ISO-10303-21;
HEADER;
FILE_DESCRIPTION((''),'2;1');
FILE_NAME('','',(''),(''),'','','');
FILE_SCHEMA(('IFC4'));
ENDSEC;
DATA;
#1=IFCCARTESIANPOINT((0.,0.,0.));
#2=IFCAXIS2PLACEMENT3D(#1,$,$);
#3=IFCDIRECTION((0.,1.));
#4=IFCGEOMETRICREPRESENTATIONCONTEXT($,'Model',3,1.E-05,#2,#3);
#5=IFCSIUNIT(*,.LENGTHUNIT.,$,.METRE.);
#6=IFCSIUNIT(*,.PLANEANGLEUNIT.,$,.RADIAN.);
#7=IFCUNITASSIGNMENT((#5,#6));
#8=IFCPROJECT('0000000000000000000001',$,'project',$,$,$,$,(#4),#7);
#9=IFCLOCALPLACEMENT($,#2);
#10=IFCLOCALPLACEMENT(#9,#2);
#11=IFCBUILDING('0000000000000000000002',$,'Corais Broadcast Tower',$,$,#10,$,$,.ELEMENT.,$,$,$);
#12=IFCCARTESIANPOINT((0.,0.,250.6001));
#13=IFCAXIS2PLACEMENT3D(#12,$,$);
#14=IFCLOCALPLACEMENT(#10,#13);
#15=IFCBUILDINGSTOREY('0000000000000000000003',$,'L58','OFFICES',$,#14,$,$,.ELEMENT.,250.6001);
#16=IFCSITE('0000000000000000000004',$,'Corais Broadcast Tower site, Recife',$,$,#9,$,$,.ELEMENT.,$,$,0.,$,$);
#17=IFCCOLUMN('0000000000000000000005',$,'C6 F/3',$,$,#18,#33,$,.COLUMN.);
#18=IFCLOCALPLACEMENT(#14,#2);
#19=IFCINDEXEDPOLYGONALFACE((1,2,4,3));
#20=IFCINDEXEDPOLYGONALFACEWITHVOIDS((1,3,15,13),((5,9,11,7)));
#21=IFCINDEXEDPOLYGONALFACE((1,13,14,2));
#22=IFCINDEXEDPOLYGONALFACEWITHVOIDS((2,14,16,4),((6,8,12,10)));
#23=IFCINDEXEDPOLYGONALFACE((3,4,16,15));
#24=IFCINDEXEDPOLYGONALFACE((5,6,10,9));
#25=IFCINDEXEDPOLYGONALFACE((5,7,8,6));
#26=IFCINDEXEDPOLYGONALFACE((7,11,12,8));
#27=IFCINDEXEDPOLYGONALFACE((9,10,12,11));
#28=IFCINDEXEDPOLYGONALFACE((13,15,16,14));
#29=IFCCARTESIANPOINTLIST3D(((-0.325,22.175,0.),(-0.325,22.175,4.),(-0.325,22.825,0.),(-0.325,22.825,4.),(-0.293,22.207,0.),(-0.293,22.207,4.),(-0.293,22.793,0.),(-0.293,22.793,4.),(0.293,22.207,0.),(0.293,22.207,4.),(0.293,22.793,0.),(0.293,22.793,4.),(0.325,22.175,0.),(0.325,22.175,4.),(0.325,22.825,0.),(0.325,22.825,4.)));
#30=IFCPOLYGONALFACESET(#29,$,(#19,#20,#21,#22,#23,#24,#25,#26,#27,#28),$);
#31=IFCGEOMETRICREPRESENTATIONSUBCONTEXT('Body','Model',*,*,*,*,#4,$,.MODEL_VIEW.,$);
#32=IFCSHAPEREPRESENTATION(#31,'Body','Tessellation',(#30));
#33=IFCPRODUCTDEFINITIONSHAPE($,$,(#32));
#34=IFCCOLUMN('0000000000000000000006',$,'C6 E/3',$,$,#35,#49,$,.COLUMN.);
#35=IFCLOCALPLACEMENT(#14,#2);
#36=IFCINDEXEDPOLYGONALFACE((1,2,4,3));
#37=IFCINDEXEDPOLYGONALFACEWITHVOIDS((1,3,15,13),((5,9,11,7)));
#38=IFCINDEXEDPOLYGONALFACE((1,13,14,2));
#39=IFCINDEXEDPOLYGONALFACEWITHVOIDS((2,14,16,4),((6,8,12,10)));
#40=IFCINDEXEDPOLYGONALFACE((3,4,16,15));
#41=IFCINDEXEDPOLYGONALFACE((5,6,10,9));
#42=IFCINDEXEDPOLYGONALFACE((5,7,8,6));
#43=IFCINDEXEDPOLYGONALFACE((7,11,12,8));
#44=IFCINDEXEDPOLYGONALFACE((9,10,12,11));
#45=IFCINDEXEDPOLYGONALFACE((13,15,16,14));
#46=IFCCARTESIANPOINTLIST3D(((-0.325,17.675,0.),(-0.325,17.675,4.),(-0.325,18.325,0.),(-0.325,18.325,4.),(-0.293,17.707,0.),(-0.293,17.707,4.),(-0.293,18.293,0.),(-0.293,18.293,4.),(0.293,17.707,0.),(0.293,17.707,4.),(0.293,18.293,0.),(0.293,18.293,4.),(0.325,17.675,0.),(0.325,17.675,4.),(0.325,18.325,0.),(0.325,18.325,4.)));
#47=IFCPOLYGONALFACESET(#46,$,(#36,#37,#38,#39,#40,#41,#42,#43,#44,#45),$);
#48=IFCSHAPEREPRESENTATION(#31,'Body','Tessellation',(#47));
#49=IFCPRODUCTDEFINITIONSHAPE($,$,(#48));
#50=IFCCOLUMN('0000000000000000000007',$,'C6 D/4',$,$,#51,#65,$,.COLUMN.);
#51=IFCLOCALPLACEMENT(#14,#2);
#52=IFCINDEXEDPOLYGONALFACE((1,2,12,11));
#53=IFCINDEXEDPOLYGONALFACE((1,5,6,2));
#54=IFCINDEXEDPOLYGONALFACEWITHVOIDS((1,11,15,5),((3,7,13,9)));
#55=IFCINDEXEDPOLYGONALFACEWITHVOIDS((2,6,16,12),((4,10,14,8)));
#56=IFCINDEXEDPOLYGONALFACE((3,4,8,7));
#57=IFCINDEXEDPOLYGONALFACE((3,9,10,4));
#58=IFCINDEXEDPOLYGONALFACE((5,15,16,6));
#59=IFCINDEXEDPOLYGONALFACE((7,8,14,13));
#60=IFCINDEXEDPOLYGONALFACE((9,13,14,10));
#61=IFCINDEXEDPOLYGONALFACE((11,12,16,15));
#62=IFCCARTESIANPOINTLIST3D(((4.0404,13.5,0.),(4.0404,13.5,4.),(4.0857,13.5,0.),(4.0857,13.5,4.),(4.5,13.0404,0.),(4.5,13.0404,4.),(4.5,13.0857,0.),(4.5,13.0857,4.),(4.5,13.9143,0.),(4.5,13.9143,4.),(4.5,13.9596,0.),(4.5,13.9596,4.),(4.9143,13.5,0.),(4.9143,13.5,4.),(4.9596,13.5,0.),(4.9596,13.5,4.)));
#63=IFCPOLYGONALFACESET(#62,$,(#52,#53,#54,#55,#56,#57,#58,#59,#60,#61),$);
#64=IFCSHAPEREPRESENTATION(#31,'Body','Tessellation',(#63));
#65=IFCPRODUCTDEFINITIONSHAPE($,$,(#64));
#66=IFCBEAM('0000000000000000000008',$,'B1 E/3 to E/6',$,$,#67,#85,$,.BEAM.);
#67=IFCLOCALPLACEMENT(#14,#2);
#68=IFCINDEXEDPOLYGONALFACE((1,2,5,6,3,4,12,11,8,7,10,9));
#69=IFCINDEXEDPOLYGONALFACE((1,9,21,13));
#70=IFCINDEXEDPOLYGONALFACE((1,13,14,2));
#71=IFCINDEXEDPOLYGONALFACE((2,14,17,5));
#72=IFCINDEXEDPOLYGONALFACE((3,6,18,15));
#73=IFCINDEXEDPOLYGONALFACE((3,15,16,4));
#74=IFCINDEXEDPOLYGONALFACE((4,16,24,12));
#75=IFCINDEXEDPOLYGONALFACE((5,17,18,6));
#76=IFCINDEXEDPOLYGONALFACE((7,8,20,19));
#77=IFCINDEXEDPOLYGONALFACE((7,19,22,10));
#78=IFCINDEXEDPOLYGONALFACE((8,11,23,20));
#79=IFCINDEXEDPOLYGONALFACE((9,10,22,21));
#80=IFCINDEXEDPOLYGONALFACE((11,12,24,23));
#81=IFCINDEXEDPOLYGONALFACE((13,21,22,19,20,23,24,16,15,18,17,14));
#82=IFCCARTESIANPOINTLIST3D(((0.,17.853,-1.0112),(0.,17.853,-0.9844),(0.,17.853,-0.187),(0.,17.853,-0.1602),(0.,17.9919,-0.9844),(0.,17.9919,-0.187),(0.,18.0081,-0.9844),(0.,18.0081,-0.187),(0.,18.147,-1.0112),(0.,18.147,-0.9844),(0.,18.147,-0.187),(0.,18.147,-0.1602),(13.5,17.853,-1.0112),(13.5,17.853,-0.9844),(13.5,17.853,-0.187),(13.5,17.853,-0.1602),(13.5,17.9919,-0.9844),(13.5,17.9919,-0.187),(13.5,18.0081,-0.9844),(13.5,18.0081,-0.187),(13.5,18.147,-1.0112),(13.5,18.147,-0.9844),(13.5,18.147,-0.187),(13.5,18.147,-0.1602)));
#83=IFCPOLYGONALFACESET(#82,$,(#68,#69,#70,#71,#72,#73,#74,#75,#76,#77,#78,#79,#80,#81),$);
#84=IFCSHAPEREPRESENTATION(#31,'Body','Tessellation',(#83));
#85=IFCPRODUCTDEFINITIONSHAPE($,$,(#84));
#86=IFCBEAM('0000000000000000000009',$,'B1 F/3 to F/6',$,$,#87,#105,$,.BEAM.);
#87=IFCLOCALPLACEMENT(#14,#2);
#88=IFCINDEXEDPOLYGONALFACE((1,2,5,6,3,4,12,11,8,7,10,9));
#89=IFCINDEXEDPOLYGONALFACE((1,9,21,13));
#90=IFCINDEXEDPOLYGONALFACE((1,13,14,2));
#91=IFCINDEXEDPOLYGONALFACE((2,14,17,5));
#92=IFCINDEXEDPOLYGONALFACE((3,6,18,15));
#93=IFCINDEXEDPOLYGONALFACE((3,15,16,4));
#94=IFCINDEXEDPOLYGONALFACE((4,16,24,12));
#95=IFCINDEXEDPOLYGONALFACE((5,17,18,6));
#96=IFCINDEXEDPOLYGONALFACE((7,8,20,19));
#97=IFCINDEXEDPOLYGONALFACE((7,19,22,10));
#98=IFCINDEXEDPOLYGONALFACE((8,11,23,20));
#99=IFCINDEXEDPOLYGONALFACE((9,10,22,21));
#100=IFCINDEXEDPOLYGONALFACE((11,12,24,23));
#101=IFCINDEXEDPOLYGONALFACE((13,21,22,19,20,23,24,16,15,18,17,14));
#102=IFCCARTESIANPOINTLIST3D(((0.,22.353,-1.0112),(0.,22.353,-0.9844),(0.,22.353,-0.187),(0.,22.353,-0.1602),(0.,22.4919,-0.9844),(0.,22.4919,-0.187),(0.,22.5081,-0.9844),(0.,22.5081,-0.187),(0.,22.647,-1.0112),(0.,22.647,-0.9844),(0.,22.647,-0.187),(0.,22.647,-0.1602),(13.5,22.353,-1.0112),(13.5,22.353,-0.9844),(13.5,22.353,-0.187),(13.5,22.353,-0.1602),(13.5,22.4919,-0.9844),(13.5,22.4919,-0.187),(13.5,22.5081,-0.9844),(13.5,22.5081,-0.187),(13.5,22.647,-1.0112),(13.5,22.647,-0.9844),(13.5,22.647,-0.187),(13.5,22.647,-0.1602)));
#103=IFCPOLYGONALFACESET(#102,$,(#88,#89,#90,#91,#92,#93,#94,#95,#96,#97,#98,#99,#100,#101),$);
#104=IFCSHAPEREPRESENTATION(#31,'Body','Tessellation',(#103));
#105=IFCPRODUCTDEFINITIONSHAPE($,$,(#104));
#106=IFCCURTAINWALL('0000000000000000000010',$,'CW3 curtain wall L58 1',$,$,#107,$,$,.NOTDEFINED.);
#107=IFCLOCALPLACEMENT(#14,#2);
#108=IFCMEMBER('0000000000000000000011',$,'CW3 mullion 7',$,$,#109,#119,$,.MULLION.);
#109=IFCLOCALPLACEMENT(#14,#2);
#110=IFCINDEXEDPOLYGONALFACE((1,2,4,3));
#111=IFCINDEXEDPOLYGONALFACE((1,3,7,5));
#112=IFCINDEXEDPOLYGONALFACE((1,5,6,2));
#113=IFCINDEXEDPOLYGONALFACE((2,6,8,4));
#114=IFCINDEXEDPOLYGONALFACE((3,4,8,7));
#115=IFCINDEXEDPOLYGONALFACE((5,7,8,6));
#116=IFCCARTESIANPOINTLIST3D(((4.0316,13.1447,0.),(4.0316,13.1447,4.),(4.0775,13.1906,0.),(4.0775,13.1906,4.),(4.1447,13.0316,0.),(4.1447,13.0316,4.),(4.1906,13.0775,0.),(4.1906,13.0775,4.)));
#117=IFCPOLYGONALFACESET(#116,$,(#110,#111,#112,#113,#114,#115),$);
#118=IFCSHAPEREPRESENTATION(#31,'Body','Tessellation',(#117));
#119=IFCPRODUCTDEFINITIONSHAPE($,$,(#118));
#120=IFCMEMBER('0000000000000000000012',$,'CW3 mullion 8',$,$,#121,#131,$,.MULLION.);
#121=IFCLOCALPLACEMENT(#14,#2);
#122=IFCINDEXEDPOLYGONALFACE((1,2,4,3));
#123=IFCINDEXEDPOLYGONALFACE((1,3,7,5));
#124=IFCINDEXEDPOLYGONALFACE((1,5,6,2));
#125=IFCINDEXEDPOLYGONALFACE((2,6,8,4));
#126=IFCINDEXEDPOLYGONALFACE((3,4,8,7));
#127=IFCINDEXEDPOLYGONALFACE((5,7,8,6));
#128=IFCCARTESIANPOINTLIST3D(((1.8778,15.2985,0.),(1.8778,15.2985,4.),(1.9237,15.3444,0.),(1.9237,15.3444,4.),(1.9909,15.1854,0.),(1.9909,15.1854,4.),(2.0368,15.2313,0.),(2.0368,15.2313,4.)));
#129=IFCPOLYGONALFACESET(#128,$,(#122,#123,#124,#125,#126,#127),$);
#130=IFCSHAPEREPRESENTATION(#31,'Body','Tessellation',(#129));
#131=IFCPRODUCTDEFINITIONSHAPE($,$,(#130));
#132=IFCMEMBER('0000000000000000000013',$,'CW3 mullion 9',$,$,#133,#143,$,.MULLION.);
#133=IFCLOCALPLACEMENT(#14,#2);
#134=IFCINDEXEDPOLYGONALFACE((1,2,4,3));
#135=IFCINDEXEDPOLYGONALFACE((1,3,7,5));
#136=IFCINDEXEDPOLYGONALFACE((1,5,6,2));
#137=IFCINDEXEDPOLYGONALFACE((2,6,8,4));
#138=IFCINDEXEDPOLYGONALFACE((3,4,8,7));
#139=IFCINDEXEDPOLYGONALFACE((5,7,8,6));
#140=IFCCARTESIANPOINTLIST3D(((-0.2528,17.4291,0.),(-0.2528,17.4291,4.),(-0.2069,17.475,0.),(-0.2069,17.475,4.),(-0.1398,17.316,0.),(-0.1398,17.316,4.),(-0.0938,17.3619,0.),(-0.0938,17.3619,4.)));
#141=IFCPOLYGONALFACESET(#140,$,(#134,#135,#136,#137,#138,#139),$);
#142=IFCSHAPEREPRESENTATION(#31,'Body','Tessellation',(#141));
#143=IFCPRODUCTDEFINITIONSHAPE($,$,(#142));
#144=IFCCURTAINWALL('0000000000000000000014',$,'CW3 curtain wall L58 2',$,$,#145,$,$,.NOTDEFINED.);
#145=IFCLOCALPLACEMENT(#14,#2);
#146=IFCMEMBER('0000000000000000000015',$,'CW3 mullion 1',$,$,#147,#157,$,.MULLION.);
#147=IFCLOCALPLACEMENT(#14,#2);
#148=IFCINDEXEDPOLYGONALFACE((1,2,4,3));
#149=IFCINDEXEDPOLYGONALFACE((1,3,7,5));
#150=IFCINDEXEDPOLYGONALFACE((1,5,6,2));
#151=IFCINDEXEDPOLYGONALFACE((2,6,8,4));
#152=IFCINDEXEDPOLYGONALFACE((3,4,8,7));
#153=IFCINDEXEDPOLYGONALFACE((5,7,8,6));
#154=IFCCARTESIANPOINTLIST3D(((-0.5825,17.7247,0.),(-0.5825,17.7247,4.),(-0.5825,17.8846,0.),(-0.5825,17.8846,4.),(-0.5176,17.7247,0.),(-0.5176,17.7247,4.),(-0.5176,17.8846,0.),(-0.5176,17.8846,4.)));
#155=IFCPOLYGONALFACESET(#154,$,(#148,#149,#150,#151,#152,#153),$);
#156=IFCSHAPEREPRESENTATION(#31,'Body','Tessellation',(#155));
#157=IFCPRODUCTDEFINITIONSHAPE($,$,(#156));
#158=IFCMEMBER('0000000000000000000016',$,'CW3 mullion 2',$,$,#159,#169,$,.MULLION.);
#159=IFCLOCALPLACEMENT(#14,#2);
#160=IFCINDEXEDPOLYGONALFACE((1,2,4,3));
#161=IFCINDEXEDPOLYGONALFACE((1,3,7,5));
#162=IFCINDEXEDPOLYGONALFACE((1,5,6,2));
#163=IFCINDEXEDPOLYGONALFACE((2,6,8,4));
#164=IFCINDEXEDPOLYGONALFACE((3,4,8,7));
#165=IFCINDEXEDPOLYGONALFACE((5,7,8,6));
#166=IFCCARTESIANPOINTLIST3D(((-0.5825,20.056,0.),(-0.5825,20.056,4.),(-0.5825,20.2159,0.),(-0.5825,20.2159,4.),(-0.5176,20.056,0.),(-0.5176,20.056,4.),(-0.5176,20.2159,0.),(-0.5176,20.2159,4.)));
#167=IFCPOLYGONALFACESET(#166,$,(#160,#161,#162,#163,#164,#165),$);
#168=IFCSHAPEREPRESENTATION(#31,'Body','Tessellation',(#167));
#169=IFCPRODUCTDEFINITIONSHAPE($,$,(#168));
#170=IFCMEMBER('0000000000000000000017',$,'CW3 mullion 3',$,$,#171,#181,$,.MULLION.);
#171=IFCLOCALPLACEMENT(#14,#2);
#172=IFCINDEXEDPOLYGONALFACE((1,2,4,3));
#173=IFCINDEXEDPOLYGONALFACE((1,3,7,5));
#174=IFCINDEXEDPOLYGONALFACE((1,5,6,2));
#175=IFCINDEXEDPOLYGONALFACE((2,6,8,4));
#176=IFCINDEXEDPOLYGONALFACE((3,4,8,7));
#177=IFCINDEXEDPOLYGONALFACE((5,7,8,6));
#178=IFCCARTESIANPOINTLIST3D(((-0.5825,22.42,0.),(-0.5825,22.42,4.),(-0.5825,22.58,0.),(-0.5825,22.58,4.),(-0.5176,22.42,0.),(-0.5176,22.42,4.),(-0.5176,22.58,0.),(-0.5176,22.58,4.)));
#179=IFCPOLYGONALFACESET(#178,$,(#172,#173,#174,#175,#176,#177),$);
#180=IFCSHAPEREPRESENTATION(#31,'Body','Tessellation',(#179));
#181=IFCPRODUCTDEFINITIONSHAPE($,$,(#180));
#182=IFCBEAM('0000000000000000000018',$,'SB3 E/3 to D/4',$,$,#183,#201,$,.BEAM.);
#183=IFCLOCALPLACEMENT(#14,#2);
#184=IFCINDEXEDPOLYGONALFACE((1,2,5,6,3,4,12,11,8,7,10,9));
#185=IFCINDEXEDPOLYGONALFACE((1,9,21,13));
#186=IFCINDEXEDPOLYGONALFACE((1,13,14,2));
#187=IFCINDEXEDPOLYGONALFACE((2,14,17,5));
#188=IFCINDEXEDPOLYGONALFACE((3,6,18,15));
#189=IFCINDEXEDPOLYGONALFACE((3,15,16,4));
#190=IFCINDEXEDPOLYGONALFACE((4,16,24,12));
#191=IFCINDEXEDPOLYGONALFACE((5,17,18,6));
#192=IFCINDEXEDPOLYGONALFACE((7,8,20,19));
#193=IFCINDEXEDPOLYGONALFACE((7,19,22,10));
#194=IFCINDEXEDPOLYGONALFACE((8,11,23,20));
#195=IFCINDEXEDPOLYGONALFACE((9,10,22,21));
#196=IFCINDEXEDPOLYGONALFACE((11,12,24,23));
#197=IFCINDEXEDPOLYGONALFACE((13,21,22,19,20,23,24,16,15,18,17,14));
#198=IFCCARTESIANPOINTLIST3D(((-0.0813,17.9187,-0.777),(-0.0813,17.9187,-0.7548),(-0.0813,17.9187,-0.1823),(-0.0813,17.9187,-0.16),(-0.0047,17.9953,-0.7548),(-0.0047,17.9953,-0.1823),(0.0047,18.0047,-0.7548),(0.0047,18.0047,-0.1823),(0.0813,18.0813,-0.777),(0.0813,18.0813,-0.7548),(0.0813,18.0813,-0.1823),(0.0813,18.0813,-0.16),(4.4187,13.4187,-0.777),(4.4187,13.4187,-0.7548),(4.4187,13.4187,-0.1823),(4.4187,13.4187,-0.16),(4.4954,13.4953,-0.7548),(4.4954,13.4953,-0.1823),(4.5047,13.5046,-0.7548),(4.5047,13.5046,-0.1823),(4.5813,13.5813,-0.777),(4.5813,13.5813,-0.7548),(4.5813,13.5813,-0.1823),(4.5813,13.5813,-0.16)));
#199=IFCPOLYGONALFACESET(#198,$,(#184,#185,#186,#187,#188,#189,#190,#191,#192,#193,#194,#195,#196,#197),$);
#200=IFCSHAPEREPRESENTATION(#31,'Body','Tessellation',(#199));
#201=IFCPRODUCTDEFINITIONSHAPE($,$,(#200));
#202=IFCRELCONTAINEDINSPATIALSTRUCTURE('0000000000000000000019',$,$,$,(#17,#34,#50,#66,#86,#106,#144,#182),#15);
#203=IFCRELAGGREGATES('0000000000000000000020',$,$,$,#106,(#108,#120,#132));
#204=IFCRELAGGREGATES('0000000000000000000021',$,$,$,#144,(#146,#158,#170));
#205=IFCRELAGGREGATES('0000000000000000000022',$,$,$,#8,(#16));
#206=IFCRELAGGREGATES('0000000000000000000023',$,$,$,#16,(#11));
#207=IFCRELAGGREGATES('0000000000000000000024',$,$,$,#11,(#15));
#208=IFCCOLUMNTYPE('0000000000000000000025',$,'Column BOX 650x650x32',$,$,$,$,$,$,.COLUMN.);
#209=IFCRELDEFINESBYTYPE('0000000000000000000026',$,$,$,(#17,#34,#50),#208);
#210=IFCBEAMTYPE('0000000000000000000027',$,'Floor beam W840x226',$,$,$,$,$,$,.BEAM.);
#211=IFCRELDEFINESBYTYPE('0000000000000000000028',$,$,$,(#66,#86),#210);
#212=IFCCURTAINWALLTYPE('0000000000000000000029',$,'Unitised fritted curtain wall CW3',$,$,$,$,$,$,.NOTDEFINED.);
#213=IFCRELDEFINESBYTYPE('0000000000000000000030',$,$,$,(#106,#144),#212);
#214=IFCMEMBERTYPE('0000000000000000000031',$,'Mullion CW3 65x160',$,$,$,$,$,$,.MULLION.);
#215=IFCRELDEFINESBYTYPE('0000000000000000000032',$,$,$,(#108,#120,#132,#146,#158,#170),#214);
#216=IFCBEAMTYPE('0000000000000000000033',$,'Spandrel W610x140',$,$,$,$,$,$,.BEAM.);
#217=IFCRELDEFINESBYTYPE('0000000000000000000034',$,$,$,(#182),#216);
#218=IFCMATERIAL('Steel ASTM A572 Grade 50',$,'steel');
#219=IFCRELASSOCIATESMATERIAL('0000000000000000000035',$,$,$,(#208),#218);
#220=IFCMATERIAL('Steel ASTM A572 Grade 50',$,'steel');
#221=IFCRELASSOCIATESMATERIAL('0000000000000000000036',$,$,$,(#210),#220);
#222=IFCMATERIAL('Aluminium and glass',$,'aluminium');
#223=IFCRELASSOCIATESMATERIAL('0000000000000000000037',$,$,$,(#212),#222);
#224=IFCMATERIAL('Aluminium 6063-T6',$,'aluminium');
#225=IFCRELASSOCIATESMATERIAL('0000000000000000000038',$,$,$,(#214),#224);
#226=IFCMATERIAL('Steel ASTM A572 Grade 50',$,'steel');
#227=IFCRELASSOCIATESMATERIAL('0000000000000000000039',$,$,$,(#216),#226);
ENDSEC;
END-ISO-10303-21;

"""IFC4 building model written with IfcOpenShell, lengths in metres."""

from ifc_helpers import new_model, si_unit, direction, frame, origin, origin_2d, place, context, subcontext, project, spatial, rectangle, hollow_rectangle, i_section, extrude, material, material_profile, profile_set, type_object, element, aggregate, save


model = new_model("IFC4")

# Units and contexts
model_context = context("Model", 3, precision=1e-05, world=origin(), true_north=direction((0.0, 1.0)))
body_context = subcontext(model_context, "Body", "Model", "MODEL_VIEW")
ifc_project = project(units=[si_unit("LENGTHUNIT", "METRE"), si_unit("PLANEANGLEUNIT", "RADIAN")], contexts=[model_context])

# Site, building, storey
site_placement = place(None, origin())
site = spatial("IfcSite", under=ifc_project, at=site_placement, Name="Corais Broadcast Tower site, Recife", CompositionType="ELEMENT", RefElevation=0.0)
building_placement = place(site_placement, origin())
building = spatial("IfcBuilding", under=site, at=building_placement, Name="Corais Broadcast Tower", CompositionType="ELEMENT")
storey_placement = place(building_placement, frame((0.0, 0.0, 250.6001)))
storey = spatial("IfcBuildingStorey", under=building, at=storey_placement, Name="L58", Description="OFFICES", CompositionType="ELEMENT", Elevation=250.6001)

# Columns
ifc_material_1 = material(Name="Steel ASTM A572 Grade 50", Category="steel")
ifc_material_profile_1 = material_profile(ifc_material_1, hollow_rectangle(XDim=0.6499, YDim=0.6499, WallThickness=0.032, at=origin_2d()), Name="BOX 650x650x32")
ifc_profile_set_1 = profile_set([ifc_material_profile_1], Name="Steel ASTM A572 Grade 50")
column_type = type_object("IfcColumnType", Name="Column BOX 650x650x32", PredefinedType="COLUMN", material=ifc_profile_set_1)
for number, where, z_axis, x_axis, name in (
    (1, (0.0, 22.5, 0.0), (0.0, 0.0, 1.0), (1.0, 0.0, 0.0), "C6 F/3"),
    (2, (0.0, 18.0, 0.0), (0.0, 0.0, 1.0), (1.0, 0.0, 0.0), "C6 E/3"),
    (3, (4.5, 13.5, 0.0), (0.0, 0.0, 1.0), (0.707107, 0.707107, 0.0), "C6 D/4"),
):
    element("IfcColumn", number, at=place(storey_placement, frame(where, z_axis=z_axis, x_axis=x_axis)), inside=storey, type_object=column_type, Name=name, PredefinedType="COLUMN", context=body_context, shape_type="SweptSolid", body=[
        extrude(hollow_rectangle(XDim=0.6499, YDim=0.6499, WallThickness=0.032, at=origin_2d()), origin(), (0.0, 0.0, 1.0), 4.0),
    ])

# Beams
ifc_material_2 = material(Name="Steel ASTM A572 Grade 50", Category="steel")
ifc_material_profile_2 = material_profile(ifc_material_2, i_section(OverallWidth=0.2939, OverallDepth=0.8511, WebThickness=0.0161, FlangeThickness=0.0269, at=origin_2d()), Name="W840x226")
ifc_profile_set_2 = profile_set([ifc_material_profile_2], Name="Steel ASTM A572 Grade 50")
beam_type_1 = type_object("IfcBeamType", Name="Floor beam W840x226", PredefinedType="BEAM", material=ifc_profile_set_2)
for number, where, z_axis, x_axis, name in (
    (4, (0.0, 18.0, -0.5857), (1.0, 0.0, 0.0), (0.0, 1.0, 0.0), "B1 E/3 to E/6"),
    (5, (0.0, 22.5, -0.5857), (1.0, 0.0, 0.0), (0.0, 1.0, 0.0), "B1 F/3 to F/6"),
):
    element("IfcBeam", number, at=place(storey_placement, frame(where, z_axis=z_axis, x_axis=x_axis)), inside=storey, type_object=beam_type_1, Name=name, PredefinedType="BEAM", context=body_context, shape_type="SweptSolid", body=[
        extrude(i_section(OverallWidth=0.2939, OverallDepth=0.8511, WebThickness=0.0161, FlangeThickness=0.0269, at=origin_2d()), origin(), (0.0, 0.0, 1.0), 13.5),
    ])

# Curtain walls, members
ifc_material_3 = material(Name="Aluminium and glass", Category="aluminium")
curtain_wall_type = type_object("IfcCurtainWallType", Name="Unitised fritted curtain wall CW3", PredefinedType="NOTDEFINED", material=ifc_material_3)
curtain_wall_1_placement = place(storey_placement, origin())
curtain_wall_1 = element("IfcCurtainWall", 6, at=curtain_wall_1_placement, inside=storey, type_object=curtain_wall_type, Name="CW3 curtain wall L58 1", PredefinedType="NOTDEFINED")
ifc_material_4 = material(Name="Aluminium 6063-T6", Category="aluminium")
ifc_material_profile_3 = material_profile(ifc_material_4, rectangle(XDim=0.0649, YDim=0.1599, at=origin_2d()), Name="Mullion CW3 65x160")
ifc_profile_set_3 = profile_set([ifc_material_profile_3], Name="Aluminium 6063-T6")
member_type_1 = type_object("IfcMemberType", Name="Mullion CW3 65x160", PredefinedType="MULLION", material=ifc_profile_set_3)
member_1_placement = place(storey_placement, frame((4.1111, 13.1111, 0.0), z_axis=(0.0, 0.0, 1.0), x_axis=(-0.707107, -0.707107, 0.0)))
member_1 = element("IfcMember", 7, at=member_1_placement, type_object=member_type_1, Name="CW3 mullion 7", PredefinedType="MULLION", context=body_context, shape_type="SweptSolid", body=[
    extrude(rectangle(XDim=0.0649, YDim=0.1599, at=origin_2d()), origin(), (0.0, 0.0, 1.0), 4.0),
])
member_2_placement = place(storey_placement, frame((1.9573, 15.2649, 0.0), z_axis=(0.0, 0.0, 1.0), x_axis=(-0.707107, -0.707107, 0.0)))
member_2 = element("IfcMember", 8, at=member_2_placement, type_object=member_type_1, Name="CW3 mullion 8", PredefinedType="MULLION", context=body_context, shape_type="SweptSolid", body=[
    extrude(rectangle(XDim=0.0649, YDim=0.1599, at=origin_2d()), origin(), (0.0, 0.0, 1.0), 4.0),
])
member_3_placement = place(storey_placement, frame((-0.1733, 17.3955, 0.0), z_axis=(0.0, 0.0, 1.0), x_axis=(-0.707107, -0.707107, 0.0)))
member_3 = element("IfcMember", 9, at=member_3_placement, type_object=member_type_1, Name="CW3 mullion 9", PredefinedType="MULLION", context=body_context, shape_type="SweptSolid", body=[
    extrude(rectangle(XDim=0.0649, YDim=0.1599, at=origin_2d()), origin(), (0.0, 0.0, 1.0), 4.0),
])
curtain_wall_2_placement = place(storey_placement, origin())
curtain_wall_2 = element("IfcCurtainWall", 10, at=curtain_wall_2_placement, inside=storey, type_object=curtain_wall_type, Name="CW3 curtain wall L58 2", PredefinedType="NOTDEFINED")
member_4_placement = place(storey_placement, frame((-0.55, 17.8047, 0.0), z_axis=(0.0, 0.0, 1.0), x_axis=(-1.0, 0.0, 0.0)))
member_4 = element("IfcMember", 11, at=member_4_placement, type_object=member_type_1, Name="CW3 mullion 1", PredefinedType="MULLION", context=body_context, shape_type="SweptSolid", body=[
    extrude(rectangle(XDim=0.0649, YDim=0.1599, at=origin_2d()), origin(), (0.0, 0.0, 1.0), 4.0),
])
member_5_placement = place(storey_placement, frame((-0.55, 20.136, 0.0), z_axis=(0.0, 0.0, 1.0), x_axis=(-1.0, 0.0, 0.0)))
member_5 = element("IfcMember", 12, at=member_5_placement, type_object=member_type_1, Name="CW3 mullion 2", PredefinedType="MULLION", context=body_context, shape_type="SweptSolid", body=[
    extrude(rectangle(XDim=0.0649, YDim=0.1599, at=origin_2d()), origin(), (0.0, 0.0, 1.0), 4.0),
])
member_6_placement = place(storey_placement, frame((-0.55, 22.5, 0.0), z_axis=(0.0, 0.0, 1.0), x_axis=(-1.0, 0.0, 0.0)))
member_6 = element("IfcMember", 13, at=member_6_placement, type_object=member_type_1, Name="CW3 mullion 3", PredefinedType="MULLION", context=body_context, shape_type="SweptSolid", body=[
    extrude(rectangle(XDim=0.0649, YDim=0.1599, at=origin_2d()), origin(), (0.0, 0.0, 1.0), 4.0),
])

# Beam
ifc_material_5 = material(Name="Steel ASTM A572 Grade 50", Category="steel")
ifc_material_profile_4 = material_profile(ifc_material_5, i_section(OverallWidth=0.23, OverallDepth=0.6169, WebThickness=0.0132, FlangeThickness=0.0222, at=origin_2d()), Name="W610x140")
ifc_profile_set_4 = profile_set([ifc_material_profile_4], Name="Steel ASTM A572 Grade 50")
beam_type_2 = type_object("IfcBeamType", Name="Spandrel W610x140", PredefinedType="BEAM", material=ifc_profile_set_4)
beam_1_placement = place(storey_placement, frame((0.0, 18.0, -0.4685), z_axis=(0.707107, -0.707107, 0.0), x_axis=(0.707107, 0.707107, 0.0)))
element("IfcBeam", 14, at=beam_1_placement, inside=storey, type_object=beam_type_2, Name="SB3 E/3 to D/4", PredefinedType="BEAM", context=body_context, shape_type="SweptSolid", body=[
    extrude(i_section(OverallWidth=0.23, OverallDepth=0.6169, WebThickness=0.0132, FlangeThickness=0.0222, at=origin_2d()), origin(), (0.0, 0.0, 1.0), 6.364),
])

aggregate(curtain_wall_1, [member_1, member_2, member_3])
aggregate(curtain_wall_2, [member_4, member_5, member_6])

save(model, "model.ifc")
